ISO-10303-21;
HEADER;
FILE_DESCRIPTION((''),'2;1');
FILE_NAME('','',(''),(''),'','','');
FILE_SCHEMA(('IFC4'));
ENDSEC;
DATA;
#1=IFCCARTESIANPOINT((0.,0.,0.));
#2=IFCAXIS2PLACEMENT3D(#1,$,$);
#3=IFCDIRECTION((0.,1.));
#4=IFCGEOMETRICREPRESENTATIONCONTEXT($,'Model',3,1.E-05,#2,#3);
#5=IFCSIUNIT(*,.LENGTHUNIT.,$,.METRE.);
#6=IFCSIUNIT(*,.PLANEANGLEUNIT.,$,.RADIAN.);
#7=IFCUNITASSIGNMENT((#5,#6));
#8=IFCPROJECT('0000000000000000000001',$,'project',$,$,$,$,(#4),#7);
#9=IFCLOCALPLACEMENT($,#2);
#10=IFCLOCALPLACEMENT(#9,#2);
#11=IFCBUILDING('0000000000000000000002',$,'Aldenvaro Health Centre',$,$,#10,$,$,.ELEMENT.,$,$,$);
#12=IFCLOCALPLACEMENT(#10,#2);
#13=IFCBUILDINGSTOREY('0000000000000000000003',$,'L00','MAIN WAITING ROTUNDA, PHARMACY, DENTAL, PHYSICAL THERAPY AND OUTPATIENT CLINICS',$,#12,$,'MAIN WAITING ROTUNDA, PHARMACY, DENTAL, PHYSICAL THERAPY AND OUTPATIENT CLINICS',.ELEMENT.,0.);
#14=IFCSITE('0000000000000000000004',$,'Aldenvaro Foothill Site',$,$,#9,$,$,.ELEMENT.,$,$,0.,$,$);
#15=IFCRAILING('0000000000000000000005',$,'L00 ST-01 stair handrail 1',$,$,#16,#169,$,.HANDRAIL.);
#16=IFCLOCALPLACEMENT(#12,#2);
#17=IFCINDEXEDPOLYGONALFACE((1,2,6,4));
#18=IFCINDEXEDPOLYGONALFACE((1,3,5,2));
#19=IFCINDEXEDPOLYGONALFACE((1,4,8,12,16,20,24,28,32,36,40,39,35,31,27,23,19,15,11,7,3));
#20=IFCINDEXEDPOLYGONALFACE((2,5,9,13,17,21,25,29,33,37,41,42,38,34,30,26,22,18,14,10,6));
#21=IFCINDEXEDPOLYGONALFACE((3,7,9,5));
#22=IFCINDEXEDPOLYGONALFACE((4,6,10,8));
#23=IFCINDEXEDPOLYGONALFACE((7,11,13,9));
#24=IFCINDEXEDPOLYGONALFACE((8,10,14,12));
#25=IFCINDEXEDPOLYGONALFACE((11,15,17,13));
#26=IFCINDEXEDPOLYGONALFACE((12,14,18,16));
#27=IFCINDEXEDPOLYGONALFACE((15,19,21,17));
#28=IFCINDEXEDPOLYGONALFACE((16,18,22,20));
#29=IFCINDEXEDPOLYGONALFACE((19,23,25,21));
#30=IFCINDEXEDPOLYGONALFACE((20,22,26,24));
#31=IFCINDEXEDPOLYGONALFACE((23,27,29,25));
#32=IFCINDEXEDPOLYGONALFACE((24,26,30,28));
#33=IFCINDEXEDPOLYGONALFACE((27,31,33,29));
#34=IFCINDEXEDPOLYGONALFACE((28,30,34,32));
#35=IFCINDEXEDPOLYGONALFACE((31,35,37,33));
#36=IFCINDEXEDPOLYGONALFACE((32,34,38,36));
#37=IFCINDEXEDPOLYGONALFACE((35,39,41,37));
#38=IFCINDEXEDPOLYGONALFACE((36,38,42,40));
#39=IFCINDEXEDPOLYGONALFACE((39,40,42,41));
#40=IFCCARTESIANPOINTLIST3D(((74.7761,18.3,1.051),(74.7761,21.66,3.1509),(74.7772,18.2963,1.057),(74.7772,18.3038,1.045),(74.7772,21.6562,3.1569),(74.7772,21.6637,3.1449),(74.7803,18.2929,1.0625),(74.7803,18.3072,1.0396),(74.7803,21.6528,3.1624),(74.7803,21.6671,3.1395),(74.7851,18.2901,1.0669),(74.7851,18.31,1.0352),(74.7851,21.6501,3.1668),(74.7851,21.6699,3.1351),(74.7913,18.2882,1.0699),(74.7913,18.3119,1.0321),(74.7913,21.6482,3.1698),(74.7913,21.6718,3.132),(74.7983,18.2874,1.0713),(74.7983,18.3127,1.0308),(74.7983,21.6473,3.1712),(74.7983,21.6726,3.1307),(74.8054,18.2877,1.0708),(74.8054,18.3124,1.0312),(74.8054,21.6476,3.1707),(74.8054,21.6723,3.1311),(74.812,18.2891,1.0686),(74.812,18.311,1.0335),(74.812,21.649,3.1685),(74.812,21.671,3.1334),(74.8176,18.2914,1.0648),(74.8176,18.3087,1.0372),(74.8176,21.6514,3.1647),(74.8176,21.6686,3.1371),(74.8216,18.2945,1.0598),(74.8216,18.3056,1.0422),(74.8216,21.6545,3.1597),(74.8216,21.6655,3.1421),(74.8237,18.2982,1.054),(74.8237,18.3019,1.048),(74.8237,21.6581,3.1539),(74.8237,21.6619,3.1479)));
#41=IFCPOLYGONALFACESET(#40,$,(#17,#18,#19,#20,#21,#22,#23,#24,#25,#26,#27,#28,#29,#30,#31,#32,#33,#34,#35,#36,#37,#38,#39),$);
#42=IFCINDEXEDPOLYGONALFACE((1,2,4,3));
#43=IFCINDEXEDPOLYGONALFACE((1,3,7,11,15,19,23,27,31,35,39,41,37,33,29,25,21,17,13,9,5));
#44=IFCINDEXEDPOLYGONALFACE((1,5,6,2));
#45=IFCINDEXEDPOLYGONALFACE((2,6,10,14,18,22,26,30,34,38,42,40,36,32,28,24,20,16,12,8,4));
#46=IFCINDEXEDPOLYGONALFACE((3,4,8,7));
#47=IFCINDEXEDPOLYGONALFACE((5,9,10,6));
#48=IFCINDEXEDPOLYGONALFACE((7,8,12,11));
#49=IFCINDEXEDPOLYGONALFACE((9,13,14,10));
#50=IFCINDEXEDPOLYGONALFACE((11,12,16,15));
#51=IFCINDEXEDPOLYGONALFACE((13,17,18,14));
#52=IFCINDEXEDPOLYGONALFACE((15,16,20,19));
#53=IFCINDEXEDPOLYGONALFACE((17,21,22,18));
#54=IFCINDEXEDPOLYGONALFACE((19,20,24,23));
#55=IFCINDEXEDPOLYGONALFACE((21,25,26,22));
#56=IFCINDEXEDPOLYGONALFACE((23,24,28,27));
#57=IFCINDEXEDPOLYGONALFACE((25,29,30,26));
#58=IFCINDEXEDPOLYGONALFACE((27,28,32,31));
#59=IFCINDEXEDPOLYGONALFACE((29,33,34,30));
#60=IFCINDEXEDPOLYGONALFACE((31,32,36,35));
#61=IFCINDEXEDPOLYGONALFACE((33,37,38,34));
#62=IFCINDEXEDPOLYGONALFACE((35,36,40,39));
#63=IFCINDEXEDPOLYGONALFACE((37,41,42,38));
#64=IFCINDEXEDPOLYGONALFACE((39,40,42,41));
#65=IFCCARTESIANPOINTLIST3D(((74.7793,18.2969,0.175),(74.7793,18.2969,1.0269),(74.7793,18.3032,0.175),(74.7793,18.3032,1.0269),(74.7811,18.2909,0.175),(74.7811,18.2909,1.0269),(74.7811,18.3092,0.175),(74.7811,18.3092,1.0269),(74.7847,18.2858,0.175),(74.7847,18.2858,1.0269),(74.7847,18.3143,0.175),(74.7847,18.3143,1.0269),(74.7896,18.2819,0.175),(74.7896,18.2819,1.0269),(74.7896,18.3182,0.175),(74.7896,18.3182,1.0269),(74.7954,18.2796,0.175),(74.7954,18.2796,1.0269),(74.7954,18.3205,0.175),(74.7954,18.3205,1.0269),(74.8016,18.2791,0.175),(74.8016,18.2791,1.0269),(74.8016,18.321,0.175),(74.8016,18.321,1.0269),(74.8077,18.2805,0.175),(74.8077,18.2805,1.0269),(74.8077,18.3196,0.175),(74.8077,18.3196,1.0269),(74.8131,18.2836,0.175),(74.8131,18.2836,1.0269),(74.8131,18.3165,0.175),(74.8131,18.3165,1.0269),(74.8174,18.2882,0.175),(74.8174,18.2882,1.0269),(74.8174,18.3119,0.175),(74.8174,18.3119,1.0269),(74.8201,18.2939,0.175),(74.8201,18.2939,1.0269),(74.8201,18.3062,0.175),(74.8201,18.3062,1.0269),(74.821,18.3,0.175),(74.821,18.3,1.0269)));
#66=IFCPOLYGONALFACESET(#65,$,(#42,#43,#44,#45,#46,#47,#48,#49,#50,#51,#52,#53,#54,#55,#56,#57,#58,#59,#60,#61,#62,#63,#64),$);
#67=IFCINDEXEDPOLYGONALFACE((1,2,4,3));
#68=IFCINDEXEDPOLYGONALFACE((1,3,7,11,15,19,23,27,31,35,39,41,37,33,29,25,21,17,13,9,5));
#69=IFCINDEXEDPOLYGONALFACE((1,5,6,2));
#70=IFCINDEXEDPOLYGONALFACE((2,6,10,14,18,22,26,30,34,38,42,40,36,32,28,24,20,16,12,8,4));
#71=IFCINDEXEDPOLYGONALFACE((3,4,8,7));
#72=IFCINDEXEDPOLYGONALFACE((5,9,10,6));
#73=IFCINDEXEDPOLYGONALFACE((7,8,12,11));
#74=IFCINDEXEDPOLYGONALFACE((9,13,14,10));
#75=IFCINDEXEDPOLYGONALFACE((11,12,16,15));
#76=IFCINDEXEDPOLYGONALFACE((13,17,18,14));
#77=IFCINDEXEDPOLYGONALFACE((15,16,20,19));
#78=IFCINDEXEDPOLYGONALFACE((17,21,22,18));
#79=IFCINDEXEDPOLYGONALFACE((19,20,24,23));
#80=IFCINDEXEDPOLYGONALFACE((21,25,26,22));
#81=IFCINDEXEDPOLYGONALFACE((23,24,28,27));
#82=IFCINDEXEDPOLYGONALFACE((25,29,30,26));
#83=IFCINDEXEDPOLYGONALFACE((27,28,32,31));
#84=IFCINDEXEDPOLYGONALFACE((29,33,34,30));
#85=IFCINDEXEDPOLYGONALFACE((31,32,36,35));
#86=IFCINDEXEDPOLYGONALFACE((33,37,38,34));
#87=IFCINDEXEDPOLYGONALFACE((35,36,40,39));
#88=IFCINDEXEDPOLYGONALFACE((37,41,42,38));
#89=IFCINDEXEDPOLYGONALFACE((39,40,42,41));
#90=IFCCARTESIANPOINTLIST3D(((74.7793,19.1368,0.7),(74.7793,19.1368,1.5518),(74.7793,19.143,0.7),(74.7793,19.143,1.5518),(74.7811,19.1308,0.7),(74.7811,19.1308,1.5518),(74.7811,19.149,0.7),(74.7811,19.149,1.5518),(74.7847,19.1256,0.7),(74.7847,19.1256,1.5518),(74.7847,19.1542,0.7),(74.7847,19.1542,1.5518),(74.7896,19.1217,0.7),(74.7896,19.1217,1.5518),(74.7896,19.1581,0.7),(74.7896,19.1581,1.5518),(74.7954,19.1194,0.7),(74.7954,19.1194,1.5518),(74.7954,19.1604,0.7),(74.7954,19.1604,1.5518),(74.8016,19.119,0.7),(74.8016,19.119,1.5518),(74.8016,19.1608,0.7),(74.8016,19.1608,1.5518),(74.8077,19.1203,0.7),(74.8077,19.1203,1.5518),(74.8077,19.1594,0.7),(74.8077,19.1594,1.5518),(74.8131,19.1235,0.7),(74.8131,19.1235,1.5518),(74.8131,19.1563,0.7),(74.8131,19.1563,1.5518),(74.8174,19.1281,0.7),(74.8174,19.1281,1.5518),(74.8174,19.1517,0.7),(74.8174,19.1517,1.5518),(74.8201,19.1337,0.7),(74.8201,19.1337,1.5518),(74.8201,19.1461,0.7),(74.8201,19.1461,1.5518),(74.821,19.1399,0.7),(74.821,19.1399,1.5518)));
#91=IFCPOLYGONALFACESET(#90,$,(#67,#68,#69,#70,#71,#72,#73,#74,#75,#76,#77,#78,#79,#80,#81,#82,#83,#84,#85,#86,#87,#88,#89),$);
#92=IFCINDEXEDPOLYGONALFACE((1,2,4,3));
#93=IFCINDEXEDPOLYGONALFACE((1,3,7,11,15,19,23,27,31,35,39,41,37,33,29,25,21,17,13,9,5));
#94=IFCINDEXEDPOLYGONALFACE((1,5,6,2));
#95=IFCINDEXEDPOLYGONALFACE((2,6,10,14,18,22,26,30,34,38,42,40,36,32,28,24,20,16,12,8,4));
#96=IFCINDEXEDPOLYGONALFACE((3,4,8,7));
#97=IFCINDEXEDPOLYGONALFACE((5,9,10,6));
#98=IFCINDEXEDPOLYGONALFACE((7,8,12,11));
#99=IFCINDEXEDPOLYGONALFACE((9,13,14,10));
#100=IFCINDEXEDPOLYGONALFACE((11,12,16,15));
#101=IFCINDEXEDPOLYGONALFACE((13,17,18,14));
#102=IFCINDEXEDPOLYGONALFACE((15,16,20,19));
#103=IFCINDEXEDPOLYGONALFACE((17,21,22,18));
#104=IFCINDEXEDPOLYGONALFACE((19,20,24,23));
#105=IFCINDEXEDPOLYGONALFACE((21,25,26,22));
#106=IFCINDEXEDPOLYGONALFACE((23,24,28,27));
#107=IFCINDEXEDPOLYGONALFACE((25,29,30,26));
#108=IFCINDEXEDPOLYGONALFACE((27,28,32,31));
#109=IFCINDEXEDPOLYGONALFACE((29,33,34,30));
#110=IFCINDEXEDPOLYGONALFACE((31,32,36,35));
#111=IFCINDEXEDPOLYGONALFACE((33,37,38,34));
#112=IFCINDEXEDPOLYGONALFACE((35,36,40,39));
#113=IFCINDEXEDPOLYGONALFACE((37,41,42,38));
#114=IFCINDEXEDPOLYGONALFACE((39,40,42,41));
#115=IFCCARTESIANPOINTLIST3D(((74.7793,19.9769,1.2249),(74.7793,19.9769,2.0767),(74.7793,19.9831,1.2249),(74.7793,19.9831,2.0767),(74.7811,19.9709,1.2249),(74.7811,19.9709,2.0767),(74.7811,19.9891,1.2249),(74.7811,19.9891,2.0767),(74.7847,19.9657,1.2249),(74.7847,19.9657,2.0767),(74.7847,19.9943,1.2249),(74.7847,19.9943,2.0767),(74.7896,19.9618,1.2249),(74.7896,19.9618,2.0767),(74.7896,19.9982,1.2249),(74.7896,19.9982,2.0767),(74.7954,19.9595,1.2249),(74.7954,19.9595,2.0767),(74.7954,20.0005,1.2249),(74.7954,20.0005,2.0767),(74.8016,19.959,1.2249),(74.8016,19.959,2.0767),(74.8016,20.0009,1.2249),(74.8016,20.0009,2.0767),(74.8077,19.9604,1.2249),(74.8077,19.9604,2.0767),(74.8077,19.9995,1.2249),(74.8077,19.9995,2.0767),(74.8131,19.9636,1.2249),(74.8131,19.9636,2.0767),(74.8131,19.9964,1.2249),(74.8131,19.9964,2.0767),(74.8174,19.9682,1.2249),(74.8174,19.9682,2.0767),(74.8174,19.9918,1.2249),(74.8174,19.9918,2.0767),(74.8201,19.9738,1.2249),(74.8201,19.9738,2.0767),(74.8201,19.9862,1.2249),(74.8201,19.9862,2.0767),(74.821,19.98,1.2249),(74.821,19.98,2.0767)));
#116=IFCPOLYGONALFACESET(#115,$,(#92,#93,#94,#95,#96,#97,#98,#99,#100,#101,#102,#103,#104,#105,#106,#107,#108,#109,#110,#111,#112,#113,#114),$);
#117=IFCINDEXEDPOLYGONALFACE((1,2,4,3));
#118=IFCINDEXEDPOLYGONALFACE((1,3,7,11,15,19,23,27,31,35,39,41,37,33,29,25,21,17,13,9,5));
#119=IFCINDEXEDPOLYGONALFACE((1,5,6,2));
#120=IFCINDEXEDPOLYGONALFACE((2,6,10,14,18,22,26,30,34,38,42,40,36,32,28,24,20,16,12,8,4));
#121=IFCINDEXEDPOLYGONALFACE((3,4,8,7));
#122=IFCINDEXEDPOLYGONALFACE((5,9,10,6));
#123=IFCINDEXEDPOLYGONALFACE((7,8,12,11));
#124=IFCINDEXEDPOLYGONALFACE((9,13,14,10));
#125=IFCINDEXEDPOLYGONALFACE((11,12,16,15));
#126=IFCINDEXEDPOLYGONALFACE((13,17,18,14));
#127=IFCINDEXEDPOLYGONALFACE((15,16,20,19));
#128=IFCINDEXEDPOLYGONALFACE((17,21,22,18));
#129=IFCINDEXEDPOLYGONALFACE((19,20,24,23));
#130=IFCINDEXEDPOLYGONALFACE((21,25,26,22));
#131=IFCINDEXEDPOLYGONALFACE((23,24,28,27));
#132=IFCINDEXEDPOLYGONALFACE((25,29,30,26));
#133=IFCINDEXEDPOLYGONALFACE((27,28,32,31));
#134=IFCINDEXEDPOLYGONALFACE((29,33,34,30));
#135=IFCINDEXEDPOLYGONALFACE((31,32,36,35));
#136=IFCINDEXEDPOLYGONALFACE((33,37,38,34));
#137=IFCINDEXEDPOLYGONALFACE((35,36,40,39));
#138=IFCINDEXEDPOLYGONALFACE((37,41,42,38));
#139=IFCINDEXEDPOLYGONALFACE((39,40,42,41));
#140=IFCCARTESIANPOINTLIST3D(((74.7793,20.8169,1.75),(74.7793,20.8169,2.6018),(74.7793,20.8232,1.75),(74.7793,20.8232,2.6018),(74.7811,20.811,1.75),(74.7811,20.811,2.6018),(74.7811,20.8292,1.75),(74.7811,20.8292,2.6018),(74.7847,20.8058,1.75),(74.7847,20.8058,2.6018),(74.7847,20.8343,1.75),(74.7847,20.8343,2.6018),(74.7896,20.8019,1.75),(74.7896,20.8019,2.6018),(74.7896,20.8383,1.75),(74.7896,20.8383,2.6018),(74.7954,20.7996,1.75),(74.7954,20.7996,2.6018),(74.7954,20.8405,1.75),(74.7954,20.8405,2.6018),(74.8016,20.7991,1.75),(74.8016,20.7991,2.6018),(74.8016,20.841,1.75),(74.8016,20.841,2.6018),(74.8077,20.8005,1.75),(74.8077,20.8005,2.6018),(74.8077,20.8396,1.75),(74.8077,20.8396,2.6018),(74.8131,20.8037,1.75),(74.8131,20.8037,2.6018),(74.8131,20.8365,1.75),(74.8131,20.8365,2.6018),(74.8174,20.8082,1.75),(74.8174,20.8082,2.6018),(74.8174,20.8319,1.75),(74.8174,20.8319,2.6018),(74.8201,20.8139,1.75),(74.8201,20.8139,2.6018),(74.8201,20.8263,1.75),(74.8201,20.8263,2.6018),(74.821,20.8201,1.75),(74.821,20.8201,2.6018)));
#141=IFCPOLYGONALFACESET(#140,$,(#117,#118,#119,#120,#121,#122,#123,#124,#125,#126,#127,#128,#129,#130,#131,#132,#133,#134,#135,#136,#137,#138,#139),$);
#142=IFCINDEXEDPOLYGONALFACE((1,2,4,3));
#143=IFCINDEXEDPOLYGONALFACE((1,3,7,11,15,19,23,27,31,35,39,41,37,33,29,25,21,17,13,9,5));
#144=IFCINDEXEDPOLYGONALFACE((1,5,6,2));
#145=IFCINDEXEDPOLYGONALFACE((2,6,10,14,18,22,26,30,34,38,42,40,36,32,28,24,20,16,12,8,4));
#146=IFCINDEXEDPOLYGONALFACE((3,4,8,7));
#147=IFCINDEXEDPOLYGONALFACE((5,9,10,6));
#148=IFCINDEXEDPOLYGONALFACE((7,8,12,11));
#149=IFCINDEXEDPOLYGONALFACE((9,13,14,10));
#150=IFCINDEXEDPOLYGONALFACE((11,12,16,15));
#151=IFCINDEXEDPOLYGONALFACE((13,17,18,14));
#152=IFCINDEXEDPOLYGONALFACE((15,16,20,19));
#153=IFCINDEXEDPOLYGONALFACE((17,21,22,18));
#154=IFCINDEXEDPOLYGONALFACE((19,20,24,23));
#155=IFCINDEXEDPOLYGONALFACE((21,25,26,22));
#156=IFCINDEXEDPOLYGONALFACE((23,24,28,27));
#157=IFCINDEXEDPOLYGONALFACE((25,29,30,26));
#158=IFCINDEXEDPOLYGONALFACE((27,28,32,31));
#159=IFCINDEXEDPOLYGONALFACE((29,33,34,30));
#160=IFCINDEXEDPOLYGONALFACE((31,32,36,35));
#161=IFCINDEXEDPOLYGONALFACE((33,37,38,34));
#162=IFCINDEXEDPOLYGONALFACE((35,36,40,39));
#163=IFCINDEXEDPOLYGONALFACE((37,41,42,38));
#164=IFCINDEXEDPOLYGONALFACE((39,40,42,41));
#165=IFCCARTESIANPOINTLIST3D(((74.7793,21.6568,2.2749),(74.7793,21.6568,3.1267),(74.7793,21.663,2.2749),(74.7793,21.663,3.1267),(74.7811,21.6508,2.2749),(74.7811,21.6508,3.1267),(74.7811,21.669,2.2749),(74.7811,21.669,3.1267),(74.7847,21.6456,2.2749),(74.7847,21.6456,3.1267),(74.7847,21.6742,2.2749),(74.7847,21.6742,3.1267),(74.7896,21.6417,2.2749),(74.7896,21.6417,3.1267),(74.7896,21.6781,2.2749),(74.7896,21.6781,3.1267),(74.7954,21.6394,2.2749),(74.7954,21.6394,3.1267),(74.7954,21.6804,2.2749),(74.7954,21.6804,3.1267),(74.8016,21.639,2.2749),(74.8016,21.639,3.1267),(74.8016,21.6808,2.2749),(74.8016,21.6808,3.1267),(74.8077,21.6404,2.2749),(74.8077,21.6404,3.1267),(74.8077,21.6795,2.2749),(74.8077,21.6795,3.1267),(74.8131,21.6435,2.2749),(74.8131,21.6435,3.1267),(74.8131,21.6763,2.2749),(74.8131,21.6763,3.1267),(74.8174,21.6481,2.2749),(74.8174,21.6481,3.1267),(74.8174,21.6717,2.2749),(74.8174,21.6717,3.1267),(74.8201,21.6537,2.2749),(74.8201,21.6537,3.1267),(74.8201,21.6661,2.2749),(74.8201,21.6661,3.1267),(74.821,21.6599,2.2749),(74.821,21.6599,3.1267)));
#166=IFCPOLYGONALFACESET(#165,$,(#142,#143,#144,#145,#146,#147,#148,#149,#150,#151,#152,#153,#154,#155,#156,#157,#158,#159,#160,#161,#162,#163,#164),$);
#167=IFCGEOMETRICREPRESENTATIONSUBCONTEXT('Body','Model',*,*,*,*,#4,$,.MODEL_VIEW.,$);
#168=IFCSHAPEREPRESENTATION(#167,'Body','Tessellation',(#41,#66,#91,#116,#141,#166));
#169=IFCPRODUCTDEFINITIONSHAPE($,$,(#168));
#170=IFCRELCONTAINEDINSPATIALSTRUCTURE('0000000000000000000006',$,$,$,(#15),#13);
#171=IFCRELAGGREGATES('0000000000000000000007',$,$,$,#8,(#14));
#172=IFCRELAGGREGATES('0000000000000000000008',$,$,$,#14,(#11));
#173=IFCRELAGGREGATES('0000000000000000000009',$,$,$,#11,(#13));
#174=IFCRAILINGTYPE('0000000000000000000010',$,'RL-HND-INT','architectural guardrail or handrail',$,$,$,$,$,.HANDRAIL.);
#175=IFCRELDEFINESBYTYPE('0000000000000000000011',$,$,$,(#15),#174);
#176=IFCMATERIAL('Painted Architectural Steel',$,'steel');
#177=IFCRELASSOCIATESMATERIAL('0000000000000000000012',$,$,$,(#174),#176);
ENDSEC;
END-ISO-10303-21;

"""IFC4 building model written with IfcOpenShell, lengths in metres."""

from ifc_helpers import new_model, si_unit, direction, frame, origin, origin_2d, place, context, subcontext, project, spatial, circle, extrude, material, type_object, element, save


model = new_model("IFC4")

# Units and contexts
model_context = context("Model", 3, precision=1e-05, world=origin(), true_north=direction((0.0, 1.0)))
body_context = subcontext(model_context, "Body", "Model", "MODEL_VIEW")
ifc_project = project(units=[si_unit("LENGTHUNIT", "METRE"), si_unit("PLANEANGLEUNIT", "RADIAN")], contexts=[model_context])

# Site, building, storey
site_placement = place(None, origin())
site = spatial("IfcSite", under=ifc_project, at=site_placement, Name="Aldenvaro Foothill Site", CompositionType="ELEMENT", RefElevation=0.0)
building_placement = place(site_placement, origin())
building = spatial("IfcBuilding", under=site, at=building_placement, Name="Aldenvaro Health Centre", CompositionType="ELEMENT")
storey_placement = place(building_placement, origin())
storey = spatial("IfcBuildingStorey", under=building, at=storey_placement, Name="L00", Description="MAIN WAITING ROTUNDA, PHARMACY, DENTAL, PHYSICAL THERAPY AND OUTPATIENT CLINICS", LongName="MAIN WAITING ROTUNDA, PHARMACY, DENTAL, PHYSICAL THERAPY AND OUTPATIENT CLINICS", CompositionType="ELEMENT", Elevation=0.0)

# Railing
ifc_material_1 = material(Name="Painted Architectural Steel", Category="steel")
railing_type_1 = type_object("IfcRailingType", Name="RL-HND-INT", Description="architectural guardrail or handrail", PredefinedType="HANDRAIL", material=ifc_material_1)
railing_1_placement = place(storey_placement, frame((74.8, 18.3, 0.175)))
element("IfcRailing", 1, at=railing_1_placement, inside=storey, type_object=railing_type_1, Name="L00 ST-01 stair handrail 1", PredefinedType="HANDRAIL", context=body_context, shape_type="SweptSolid", body=[
    extrude(circle(Radius=0.0239, at=origin_2d()), frame((0.0, 0.0, 0.876), z_axis=(0.0, 0.848005, 0.529988), x_axis=(-1.0, 0.0, 0.0)), (0.0, 0.0, 1.0), 3.9622),
    extrude(circle(Radius=0.021, at=origin_2d()), origin(), (0.0, 0.0, 1.0), 0.8518),
    extrude(circle(Radius=0.021, at=origin_2d()), frame((0.0, 0.8398, 0.5249)), (0.0, 0.0, 1.0), 0.8518),
    extrude(circle(Radius=0.021, at=origin_2d()), frame((0.0, 1.6799, 1.0498)), (0.0, 0.0, 1.0), 0.8518),
    extrude(circle(Radius=0.021, at=origin_2d()), frame((0.0, 2.52, 1.575)), (0.0, 0.0, 1.0), 0.8518),
    extrude(circle(Radius=0.021, at=origin_2d()), frame((0.0, 3.3599, 2.0999)), (0.0, 0.0, 1.0), 0.8518),
])

save(model, "model.ifc")
